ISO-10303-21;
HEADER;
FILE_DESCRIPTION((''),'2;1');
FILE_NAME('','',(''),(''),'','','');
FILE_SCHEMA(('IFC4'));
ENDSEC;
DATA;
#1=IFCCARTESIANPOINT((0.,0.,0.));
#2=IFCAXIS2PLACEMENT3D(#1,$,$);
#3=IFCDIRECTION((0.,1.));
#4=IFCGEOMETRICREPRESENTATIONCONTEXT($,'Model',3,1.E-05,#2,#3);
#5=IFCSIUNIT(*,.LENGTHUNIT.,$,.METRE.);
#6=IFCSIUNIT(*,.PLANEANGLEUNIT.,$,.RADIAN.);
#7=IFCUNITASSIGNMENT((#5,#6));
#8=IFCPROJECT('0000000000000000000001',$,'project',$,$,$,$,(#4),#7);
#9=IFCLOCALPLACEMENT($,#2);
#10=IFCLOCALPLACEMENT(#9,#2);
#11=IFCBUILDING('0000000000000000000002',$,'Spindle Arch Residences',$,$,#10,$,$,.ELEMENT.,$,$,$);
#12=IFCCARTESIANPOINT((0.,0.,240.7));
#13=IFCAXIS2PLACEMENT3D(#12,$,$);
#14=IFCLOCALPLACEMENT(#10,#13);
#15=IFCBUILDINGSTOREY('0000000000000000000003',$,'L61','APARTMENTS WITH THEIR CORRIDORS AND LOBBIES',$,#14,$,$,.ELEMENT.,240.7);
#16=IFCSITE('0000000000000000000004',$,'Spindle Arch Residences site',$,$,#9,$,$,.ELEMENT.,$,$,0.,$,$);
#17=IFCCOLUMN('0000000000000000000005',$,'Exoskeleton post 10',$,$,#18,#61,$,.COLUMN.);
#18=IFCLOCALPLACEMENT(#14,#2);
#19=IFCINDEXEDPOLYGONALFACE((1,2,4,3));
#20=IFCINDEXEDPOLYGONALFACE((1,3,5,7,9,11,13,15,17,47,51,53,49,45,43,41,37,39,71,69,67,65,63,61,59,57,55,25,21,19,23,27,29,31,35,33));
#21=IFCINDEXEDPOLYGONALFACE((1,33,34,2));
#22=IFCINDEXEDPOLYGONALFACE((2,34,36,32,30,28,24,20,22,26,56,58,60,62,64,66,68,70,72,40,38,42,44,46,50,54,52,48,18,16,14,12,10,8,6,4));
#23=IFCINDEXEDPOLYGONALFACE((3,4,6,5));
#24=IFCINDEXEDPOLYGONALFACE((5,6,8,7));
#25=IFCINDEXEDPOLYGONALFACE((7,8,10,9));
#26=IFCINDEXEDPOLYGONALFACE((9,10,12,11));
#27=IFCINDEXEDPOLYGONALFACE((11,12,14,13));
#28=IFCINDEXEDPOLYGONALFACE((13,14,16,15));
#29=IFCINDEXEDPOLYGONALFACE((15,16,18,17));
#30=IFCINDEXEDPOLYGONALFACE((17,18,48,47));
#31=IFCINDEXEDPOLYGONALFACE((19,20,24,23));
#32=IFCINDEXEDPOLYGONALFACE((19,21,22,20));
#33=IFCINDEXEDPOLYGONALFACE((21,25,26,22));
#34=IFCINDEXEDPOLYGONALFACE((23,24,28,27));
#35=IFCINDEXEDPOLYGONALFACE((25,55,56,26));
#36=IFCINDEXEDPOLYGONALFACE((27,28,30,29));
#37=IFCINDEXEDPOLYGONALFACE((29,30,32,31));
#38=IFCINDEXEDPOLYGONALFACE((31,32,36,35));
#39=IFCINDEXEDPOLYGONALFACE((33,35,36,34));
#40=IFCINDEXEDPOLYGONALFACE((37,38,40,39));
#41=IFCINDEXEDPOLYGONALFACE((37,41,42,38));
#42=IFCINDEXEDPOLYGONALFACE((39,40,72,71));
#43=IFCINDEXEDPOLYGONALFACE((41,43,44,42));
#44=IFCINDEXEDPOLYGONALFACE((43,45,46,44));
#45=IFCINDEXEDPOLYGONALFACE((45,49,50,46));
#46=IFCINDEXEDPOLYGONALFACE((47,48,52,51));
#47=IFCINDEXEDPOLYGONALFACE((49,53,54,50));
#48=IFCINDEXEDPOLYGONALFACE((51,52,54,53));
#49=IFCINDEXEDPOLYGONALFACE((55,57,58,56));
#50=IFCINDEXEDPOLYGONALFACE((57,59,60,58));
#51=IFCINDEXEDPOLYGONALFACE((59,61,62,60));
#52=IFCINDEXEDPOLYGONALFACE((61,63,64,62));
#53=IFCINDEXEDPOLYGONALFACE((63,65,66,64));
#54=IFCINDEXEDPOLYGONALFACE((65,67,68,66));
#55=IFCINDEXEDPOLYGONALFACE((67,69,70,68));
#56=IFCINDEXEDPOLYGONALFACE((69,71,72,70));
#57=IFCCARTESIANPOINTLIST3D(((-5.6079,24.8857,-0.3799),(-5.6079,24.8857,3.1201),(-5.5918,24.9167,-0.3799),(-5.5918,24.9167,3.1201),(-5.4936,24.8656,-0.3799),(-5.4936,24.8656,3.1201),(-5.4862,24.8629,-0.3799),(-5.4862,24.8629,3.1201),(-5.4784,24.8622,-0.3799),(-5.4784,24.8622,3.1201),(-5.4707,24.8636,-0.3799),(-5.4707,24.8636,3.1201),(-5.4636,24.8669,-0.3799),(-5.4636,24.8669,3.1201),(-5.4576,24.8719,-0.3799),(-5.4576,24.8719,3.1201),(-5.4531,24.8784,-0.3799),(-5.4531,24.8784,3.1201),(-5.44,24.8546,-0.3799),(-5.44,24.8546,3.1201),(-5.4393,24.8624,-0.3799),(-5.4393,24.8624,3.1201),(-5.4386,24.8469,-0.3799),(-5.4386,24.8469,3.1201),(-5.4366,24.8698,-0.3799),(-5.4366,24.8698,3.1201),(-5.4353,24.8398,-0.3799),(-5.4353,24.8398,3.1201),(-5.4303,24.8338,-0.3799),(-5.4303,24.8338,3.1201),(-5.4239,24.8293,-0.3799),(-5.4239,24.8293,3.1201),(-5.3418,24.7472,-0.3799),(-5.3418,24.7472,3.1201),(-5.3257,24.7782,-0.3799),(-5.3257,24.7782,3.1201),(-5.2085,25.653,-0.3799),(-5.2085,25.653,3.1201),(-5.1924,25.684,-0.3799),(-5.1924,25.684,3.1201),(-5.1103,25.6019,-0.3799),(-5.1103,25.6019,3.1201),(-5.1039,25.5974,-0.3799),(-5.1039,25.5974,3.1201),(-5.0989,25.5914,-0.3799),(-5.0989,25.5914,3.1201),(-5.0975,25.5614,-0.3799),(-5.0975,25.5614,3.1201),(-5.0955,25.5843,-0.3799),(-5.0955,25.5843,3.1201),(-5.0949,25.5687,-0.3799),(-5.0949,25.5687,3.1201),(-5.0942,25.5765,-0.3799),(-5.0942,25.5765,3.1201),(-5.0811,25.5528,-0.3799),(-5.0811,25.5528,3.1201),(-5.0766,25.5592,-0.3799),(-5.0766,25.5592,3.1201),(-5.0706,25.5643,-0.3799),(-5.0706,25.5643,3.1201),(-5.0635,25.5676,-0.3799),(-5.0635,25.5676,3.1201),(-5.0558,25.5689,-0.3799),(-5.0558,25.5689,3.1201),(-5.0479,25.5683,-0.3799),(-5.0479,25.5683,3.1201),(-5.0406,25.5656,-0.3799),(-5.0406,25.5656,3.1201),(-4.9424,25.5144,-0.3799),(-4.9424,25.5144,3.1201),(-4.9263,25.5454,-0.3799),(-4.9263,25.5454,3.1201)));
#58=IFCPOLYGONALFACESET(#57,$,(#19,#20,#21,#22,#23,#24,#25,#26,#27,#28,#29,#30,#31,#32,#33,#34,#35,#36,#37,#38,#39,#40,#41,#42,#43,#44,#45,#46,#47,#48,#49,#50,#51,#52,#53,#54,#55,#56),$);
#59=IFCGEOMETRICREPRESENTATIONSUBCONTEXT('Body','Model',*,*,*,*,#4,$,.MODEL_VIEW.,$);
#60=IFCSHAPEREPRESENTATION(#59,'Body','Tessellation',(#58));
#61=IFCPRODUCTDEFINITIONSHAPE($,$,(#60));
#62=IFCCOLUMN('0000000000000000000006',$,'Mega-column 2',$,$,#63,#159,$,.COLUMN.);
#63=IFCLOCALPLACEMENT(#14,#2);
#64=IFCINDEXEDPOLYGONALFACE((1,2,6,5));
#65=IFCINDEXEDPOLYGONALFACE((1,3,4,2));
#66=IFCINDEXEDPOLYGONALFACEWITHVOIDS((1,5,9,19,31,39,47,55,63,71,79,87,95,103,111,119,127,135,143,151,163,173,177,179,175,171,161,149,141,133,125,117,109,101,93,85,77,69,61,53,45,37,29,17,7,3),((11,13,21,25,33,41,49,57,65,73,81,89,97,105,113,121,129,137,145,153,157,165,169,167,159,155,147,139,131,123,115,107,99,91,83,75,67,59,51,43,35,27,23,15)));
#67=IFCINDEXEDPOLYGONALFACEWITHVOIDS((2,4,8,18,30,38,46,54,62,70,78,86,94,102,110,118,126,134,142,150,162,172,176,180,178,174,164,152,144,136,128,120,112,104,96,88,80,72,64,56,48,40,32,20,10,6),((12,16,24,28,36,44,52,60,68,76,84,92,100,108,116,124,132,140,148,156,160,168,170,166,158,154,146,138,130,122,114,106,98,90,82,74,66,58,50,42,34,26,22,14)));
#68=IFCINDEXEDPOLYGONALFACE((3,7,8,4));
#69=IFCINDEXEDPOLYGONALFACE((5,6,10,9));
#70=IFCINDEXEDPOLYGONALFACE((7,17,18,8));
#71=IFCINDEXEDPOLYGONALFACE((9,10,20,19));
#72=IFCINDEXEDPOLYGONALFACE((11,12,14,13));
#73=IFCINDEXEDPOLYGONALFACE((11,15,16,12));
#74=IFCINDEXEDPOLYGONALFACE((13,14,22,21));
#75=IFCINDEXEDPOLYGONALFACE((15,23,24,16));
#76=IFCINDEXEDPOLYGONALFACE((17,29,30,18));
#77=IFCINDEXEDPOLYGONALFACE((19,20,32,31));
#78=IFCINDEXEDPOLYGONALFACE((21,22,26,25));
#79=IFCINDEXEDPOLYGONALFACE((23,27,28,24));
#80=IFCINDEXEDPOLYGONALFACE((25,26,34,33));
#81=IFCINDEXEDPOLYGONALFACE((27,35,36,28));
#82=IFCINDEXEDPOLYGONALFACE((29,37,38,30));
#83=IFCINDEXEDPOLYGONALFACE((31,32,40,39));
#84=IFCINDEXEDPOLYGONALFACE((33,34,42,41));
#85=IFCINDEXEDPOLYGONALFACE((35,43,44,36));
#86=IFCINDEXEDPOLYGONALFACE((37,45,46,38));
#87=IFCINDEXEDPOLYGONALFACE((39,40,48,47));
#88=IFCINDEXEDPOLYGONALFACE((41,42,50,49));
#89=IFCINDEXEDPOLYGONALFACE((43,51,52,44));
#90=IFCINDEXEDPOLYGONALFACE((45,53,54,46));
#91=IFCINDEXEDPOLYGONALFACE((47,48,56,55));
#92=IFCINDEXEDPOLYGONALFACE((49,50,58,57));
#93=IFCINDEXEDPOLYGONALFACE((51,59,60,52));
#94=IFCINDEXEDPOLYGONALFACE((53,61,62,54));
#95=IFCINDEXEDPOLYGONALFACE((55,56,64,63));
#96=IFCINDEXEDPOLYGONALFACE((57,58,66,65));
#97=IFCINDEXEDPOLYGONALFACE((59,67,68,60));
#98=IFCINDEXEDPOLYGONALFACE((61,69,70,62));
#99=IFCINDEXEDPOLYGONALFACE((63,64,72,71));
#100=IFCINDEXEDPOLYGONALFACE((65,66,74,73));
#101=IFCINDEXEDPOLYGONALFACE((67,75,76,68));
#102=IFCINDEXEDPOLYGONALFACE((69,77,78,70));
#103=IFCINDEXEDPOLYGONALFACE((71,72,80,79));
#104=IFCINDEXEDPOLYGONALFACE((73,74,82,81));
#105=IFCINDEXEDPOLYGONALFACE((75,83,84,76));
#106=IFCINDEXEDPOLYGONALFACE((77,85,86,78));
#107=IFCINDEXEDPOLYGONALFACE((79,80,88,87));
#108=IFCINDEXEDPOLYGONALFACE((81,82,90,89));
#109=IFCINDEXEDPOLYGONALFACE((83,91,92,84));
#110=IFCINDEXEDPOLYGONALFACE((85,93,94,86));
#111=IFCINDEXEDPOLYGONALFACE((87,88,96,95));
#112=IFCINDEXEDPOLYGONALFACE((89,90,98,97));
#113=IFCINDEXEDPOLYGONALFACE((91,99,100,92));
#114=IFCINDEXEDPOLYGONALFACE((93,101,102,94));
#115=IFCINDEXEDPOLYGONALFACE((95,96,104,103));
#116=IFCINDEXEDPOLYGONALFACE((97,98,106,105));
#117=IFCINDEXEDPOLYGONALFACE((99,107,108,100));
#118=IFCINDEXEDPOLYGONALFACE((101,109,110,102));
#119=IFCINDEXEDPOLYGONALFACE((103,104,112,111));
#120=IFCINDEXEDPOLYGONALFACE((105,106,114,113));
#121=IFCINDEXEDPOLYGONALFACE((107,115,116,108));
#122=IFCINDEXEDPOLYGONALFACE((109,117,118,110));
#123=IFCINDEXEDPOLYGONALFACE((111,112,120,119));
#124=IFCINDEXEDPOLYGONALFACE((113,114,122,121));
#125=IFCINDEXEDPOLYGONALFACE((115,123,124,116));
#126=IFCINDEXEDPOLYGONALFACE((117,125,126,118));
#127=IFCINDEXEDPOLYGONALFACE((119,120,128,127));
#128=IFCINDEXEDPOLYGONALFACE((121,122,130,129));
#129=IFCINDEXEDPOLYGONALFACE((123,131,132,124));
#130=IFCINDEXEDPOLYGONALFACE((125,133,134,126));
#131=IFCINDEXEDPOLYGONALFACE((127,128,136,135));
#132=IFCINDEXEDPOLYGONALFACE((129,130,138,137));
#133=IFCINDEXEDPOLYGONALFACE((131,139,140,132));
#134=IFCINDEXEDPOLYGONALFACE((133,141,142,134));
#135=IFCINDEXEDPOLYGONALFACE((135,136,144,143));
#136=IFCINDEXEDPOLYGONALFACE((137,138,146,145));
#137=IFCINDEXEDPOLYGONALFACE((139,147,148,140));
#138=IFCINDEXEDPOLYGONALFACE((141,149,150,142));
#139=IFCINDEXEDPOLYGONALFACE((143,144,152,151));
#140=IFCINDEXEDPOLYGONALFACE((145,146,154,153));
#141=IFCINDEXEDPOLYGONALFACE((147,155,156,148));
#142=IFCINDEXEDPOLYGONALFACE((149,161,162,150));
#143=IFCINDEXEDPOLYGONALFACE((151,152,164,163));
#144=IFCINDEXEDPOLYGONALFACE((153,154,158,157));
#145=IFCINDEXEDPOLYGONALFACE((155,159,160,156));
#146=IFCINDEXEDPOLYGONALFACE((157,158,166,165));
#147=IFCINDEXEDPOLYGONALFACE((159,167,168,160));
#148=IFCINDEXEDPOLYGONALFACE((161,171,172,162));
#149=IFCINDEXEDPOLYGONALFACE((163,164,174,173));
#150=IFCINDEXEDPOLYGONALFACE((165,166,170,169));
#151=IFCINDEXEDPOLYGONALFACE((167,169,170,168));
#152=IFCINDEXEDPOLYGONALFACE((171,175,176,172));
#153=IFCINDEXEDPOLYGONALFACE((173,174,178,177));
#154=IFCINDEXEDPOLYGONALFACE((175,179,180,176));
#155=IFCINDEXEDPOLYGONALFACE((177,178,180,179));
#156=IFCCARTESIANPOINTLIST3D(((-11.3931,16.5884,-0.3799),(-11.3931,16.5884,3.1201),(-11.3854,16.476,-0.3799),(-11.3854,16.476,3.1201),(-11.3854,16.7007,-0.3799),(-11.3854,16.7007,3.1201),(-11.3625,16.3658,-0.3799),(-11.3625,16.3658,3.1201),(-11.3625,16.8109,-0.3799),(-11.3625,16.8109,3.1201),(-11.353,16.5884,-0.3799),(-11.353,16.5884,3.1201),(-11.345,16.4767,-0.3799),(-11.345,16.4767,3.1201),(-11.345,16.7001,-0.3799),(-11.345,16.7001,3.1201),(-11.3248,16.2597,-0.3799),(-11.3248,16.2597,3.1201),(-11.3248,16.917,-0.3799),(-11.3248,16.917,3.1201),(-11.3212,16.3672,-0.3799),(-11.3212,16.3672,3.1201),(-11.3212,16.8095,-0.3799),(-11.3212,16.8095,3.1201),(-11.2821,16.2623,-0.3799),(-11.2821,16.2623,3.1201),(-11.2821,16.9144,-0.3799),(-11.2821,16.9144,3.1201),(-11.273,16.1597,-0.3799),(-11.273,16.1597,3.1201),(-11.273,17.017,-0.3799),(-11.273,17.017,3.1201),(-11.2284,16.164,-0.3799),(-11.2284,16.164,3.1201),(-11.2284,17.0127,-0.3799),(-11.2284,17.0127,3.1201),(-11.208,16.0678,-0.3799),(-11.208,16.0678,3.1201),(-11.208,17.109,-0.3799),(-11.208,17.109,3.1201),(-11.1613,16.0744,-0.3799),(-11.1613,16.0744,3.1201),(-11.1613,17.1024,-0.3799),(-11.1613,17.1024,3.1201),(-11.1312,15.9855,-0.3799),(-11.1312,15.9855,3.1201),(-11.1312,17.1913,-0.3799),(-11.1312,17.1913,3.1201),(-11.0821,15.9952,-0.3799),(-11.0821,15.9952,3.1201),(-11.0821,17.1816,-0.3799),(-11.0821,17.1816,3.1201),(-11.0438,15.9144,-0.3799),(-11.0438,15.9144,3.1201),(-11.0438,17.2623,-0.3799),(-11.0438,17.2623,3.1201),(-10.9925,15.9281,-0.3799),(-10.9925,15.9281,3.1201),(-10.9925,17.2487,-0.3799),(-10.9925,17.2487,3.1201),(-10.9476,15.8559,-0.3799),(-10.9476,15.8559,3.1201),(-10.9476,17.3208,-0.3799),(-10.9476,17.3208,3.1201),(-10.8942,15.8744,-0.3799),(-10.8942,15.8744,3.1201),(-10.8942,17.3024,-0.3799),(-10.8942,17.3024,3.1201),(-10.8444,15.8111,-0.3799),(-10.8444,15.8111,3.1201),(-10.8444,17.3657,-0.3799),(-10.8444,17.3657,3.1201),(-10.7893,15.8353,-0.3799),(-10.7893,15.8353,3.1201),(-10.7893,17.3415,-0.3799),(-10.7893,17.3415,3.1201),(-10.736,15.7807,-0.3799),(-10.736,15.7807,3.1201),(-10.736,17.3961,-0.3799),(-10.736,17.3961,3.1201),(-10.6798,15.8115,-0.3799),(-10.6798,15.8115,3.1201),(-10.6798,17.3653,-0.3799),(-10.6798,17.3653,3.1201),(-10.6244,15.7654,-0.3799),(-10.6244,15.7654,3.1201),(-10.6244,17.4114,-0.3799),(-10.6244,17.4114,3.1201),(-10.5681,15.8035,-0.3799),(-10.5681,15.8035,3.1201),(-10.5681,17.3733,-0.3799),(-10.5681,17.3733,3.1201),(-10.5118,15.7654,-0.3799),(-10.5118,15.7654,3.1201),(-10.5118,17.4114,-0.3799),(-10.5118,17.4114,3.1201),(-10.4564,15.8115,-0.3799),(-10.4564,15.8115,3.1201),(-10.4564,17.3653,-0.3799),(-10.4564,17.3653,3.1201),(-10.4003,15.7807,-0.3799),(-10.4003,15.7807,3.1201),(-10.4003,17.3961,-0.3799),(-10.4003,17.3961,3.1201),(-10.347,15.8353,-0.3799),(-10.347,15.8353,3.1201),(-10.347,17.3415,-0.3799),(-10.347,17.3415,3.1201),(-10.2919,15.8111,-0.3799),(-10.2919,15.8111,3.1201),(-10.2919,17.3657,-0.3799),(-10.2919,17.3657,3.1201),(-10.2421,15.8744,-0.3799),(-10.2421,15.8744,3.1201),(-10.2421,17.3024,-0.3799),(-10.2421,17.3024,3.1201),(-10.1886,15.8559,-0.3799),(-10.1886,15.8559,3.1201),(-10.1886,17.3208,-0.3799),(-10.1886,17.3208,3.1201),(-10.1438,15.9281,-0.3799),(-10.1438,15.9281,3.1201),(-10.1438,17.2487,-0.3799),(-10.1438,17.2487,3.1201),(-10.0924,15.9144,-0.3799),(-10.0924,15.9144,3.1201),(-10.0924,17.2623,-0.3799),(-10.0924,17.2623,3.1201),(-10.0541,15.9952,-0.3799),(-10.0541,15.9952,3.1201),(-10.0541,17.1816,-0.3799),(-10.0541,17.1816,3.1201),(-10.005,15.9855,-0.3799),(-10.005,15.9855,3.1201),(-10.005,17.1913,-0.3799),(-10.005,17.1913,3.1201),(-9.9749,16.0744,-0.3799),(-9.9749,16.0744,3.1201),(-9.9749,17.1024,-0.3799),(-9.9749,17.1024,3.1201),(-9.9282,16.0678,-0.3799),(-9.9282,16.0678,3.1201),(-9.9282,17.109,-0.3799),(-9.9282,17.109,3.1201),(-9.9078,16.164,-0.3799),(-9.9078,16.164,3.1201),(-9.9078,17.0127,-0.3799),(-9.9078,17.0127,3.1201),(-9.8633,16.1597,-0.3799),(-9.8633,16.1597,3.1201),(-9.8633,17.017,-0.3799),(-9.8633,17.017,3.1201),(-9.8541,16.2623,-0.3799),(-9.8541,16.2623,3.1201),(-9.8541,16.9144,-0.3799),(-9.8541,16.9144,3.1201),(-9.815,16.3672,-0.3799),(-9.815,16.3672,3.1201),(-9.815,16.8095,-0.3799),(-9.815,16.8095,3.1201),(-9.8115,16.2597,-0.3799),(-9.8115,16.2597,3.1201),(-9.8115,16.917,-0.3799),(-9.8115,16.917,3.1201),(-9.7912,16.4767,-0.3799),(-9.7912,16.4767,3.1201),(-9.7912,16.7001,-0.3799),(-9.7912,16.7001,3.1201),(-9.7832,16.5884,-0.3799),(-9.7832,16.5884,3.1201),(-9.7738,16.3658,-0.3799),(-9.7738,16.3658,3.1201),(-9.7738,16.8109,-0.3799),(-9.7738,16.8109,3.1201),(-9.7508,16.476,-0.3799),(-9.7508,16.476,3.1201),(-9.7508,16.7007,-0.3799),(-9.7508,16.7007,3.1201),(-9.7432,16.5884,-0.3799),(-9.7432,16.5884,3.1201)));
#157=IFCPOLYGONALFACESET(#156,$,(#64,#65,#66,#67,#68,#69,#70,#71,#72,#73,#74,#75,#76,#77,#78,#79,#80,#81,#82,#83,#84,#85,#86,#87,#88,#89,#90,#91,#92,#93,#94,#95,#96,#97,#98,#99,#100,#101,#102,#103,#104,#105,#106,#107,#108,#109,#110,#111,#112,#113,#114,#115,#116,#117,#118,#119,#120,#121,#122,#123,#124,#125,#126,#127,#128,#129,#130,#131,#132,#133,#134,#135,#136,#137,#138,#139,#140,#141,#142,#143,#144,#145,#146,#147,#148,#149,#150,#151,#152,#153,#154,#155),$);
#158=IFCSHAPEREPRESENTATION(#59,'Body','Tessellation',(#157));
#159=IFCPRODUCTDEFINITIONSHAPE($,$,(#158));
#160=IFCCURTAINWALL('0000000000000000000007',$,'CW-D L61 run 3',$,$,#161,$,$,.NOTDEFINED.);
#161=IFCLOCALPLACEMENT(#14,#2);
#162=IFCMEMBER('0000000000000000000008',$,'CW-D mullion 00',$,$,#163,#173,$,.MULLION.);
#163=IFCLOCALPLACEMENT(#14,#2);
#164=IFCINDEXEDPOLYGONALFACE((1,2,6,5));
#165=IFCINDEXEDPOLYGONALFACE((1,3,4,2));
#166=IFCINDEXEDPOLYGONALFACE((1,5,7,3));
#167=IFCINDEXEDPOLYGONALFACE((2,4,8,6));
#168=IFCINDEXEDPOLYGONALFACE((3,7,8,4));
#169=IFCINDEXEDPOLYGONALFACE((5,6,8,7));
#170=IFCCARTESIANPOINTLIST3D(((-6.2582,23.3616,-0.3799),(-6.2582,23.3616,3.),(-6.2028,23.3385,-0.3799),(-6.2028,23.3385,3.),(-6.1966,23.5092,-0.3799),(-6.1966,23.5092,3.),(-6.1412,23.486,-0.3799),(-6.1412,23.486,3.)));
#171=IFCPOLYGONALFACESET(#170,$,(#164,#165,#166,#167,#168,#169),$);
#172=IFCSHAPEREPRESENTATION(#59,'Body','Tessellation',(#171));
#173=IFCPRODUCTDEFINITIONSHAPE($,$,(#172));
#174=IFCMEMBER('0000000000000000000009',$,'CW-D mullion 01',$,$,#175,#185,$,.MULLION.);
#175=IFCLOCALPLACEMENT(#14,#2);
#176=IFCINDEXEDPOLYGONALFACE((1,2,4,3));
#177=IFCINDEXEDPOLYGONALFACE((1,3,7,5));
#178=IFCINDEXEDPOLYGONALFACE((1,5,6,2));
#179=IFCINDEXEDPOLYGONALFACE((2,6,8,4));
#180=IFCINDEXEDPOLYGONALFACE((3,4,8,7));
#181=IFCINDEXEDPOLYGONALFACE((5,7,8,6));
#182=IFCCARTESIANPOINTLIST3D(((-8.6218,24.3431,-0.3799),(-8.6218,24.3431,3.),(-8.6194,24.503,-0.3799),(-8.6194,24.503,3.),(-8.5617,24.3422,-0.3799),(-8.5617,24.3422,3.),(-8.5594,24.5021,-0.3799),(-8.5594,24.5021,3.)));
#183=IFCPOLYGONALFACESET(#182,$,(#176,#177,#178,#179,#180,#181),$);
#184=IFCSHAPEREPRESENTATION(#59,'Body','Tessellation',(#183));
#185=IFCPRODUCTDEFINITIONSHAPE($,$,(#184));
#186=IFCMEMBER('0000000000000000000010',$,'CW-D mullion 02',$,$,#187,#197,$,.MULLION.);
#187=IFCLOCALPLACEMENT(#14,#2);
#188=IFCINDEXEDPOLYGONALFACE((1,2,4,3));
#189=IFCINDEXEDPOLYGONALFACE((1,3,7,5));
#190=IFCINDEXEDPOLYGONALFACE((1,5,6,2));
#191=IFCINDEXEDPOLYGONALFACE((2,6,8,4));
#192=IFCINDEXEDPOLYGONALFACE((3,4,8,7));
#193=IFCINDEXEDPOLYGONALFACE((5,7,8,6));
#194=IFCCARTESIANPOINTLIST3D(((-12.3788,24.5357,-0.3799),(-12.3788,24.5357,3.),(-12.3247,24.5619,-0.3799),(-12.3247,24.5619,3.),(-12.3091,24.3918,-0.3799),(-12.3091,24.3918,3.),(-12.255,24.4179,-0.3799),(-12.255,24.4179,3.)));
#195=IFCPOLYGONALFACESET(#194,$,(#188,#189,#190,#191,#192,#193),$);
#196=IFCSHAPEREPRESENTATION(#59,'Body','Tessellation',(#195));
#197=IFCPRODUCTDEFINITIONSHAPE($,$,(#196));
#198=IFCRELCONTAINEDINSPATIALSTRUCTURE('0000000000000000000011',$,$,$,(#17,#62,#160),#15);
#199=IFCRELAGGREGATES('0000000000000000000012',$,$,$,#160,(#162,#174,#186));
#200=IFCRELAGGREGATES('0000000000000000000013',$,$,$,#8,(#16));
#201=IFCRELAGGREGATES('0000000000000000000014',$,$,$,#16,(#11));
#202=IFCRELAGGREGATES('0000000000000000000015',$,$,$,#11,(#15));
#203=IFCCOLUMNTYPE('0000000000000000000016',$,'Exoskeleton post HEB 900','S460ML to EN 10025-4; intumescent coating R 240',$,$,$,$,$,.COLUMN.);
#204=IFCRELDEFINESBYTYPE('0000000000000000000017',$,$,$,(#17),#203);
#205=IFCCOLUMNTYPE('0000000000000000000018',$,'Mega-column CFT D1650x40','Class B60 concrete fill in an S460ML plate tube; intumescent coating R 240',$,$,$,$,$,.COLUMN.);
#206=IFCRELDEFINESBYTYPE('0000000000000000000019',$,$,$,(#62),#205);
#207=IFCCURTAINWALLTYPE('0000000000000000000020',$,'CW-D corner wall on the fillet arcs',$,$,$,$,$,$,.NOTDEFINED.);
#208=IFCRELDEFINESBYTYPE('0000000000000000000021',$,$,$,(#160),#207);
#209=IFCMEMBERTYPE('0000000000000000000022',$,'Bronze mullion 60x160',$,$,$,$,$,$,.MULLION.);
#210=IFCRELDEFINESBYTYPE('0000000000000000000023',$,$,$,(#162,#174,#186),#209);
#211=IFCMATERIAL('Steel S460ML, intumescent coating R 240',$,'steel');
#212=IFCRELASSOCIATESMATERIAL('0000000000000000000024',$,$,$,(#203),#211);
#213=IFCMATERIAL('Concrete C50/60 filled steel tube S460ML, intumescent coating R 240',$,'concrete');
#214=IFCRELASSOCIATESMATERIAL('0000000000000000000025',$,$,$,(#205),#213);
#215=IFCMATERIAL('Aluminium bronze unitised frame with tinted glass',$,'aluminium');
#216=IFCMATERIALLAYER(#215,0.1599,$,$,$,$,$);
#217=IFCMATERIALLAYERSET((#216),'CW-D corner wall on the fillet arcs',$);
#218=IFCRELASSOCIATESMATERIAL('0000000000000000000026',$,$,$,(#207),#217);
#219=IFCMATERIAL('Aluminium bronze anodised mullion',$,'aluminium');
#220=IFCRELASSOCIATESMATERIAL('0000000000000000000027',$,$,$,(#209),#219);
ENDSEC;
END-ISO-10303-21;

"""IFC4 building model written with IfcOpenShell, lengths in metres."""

from ifc_helpers import new_model, si_unit, direction, frame, origin, origin_2d, place, context, subcontext, project, spatial, rectangle, hollow_circle, i_section, extrude, material, layer, layer_set, material_profile, profile_set, type_object, element, aggregate, save


model = new_model("IFC4")

# Units and contexts
model_context = context("Model", 3, precision=1e-05, world=origin(), true_north=direction((0.0, 1.0)))
body_context = subcontext(model_context, "Body", "Model", "MODEL_VIEW")
ifc_project = project(units=[si_unit("LENGTHUNIT", "METRE"), si_unit("PLANEANGLEUNIT", "RADIAN")], contexts=[model_context])

# Site, building, storey
site_placement = place(None, origin())
site = spatial("IfcSite", under=ifc_project, at=site_placement, Name="Spindle Arch Residences site", CompositionType="ELEMENT", RefElevation=0.0)
building_placement = place(site_placement, origin())
building = spatial("IfcBuilding", under=site, at=building_placement, Name="Spindle Arch Residences", CompositionType="ELEMENT")
storey_placement = place(building_placement, frame((0.0, 0.0, 240.7)))
storey = spatial("IfcBuildingStorey", under=building, at=storey_placement, Name="L61", Description="APARTMENTS WITH THEIR CORRIDORS AND LOBBIES", CompositionType="ELEMENT", Elevation=240.7)

# Columns
ifc_material_1 = material(Name="Steel S460ML, intumescent coating R 240", Category="steel")
ifc_material_profile_1 = material_profile(ifc_material_1, i_section(OverallWidth=0.3, OverallDepth=0.8999, WebThickness=0.0186, FlangeThickness=0.0349, FilletRadius=0.03, at=origin_2d()), Name="HEB 900")
ifc_profile_set_1 = profile_set([ifc_material_profile_1], Name="Steel S460ML, intumescent coating R 240")
column_type_1 = type_object("IfcColumnType", Name="Exoskeleton post HEB 900", Description="S460ML to EN 10025-4; intumescent coating R 240", PredefinedType="COLUMN", material=ifc_profile_set_1)
column_1_placement = place(storey_placement, frame((-5.2671, 25.2156, -0.3799), z_axis=(0.0, 0.0, 1.0), x_axis=(0.887011, -0.461749, 0.0)))
element("IfcColumn", 1, at=column_1_placement, inside=storey, type_object=column_type_1, Name="Exoskeleton post 10", PredefinedType="COLUMN", context=body_context, shape_type="SweptSolid", body=[
    extrude(i_section(OverallWidth=0.3, OverallDepth=0.8999, WebThickness=0.0186, FlangeThickness=0.0349, FilletRadius=0.03, at=origin_2d()), origin(), (0.0, 0.0, 1.0), 3.5),
])
ifc_material_2 = material(Name="Concrete C50/60 filled steel tube S460ML, intumescent coating R 240", Category="concrete")
ifc_material_profile_2 = material_profile(ifc_material_2, hollow_circle(Radius=0.825, WallThickness=0.04, at=origin_2d()), Name="CFT D1650x40")
ifc_profile_set_2 = profile_set([ifc_material_profile_2], Name="Concrete C50/60 filled steel tube S460ML, intumescent coating R 240")
column_type_2 = type_object("IfcColumnType", Name="Mega-column CFT D1650x40", Description="Class B60 concrete fill in an S460ML plate tube; intumescent coating R 240", PredefinedType="COLUMN", material=ifc_profile_set_2)
column_2_placement = place(storey_placement, frame((-10.5681, 16.5884, -0.3799), z_axis=(0.0, 0.0, 1.0), x_axis=(1.0, 0.0, 0.0)))
element("IfcColumn", 2, at=column_2_placement, inside=storey, type_object=column_type_2, Name="Mega-column 2", PredefinedType="COLUMN", context=body_context, shape_type="SweptSolid", body=[
    extrude(hollow_circle(Radius=0.825, WallThickness=0.04, at=origin_2d()), origin(), (0.0, 0.0, 1.0), 3.5),
])

# Curtain wall, members
ifc_material_3 = material(Name="Aluminium bronze unitised frame with tinted glass", Category="aluminium")
ifc_layer_1 = layer(ifc_material_3, 0.1599)
ifc_layer_set_1 = layer_set([ifc_layer_1], Name="CW-D corner wall on the fillet arcs")
curtain_wall_type_1 = type_object("IfcCurtainWallType", Name="CW-D corner wall on the fillet arcs", PredefinedType="NOTDEFINED", material=ifc_layer_set_1)
curtain_wall_1_placement = place(storey_placement, origin())
curtain_wall_1 = element("IfcCurtainWall", 3, at=curtain_wall_1_placement, inside=storey, type_object=curtain_wall_type_1, Name="CW-D L61 run 3", PredefinedType="NOTDEFINED")
ifc_material_4 = material(Name="Aluminium bronze anodised mullion", Category="aluminium")
ifc_material_profile_3 = material_profile(ifc_material_4, rectangle(XDim=0.1599, YDim=0.0601, at=origin_2d()), Name="MU 60x160")
ifc_profile_set_3 = profile_set([ifc_material_profile_3], Name="Aluminium bronze anodised mullion")
member_type_1 = type_object("IfcMemberType", Name="Bronze mullion 60x160", PredefinedType="MULLION", material=ifc_profile_set_3)
member_1_placement = place(storey_placement, frame((-6.1997, 23.4238, -0.3799), z_axis=(0.0, 0.0, 1.0), x_axis=(-0.385552, -0.922686, 0.0)))
member_1 = element("IfcMember", 4, at=member_1_placement, type_object=member_type_1, Name="CW-D mullion 00", PredefinedType="MULLION", context=body_context, shape_type="SweptSolid", body=[
    extrude(rectangle(XDim=0.1599, YDim=0.0601, at=origin_2d()), origin(), (0.0, 0.0, 1.0), 3.3799),
])
member_2_placement = place(storey_placement, frame((-8.5906, 24.4226, -0.3799), z_axis=(0.0, 0.0, 1.0), x_axis=(-0.014544, -0.999894, 0.0)))
member_2 = element("IfcMember", 5, at=member_2_placement, type_object=member_type_1, Name="CW-D mullion 01", PredefinedType="MULLION", context=body_context, shape_type="SweptSolid", body=[
    extrude(rectangle(XDim=0.1599, YDim=0.0601, at=origin_2d()), origin(), (0.0, 0.0, 1.0), 3.3799),
])
member_3_placement = place(storey_placement, frame((-12.3169, 24.4768, -0.3799), z_axis=(0.0, 0.0, 1.0), x_axis=(0.435755, -0.900065, 0.0)))
member_3 = element("IfcMember", 6, at=member_3_placement, type_object=member_type_1, Name="CW-D mullion 02", PredefinedType="MULLION", context=body_context, shape_type="SweptSolid", body=[
    extrude(rectangle(XDim=0.1599, YDim=0.0601, at=origin_2d()), origin(), (0.0, 0.0, 1.0), 3.3799),
])

aggregate(curtain_wall_1, [member_1, member_2, member_3])

save(model, "model.ifc")
